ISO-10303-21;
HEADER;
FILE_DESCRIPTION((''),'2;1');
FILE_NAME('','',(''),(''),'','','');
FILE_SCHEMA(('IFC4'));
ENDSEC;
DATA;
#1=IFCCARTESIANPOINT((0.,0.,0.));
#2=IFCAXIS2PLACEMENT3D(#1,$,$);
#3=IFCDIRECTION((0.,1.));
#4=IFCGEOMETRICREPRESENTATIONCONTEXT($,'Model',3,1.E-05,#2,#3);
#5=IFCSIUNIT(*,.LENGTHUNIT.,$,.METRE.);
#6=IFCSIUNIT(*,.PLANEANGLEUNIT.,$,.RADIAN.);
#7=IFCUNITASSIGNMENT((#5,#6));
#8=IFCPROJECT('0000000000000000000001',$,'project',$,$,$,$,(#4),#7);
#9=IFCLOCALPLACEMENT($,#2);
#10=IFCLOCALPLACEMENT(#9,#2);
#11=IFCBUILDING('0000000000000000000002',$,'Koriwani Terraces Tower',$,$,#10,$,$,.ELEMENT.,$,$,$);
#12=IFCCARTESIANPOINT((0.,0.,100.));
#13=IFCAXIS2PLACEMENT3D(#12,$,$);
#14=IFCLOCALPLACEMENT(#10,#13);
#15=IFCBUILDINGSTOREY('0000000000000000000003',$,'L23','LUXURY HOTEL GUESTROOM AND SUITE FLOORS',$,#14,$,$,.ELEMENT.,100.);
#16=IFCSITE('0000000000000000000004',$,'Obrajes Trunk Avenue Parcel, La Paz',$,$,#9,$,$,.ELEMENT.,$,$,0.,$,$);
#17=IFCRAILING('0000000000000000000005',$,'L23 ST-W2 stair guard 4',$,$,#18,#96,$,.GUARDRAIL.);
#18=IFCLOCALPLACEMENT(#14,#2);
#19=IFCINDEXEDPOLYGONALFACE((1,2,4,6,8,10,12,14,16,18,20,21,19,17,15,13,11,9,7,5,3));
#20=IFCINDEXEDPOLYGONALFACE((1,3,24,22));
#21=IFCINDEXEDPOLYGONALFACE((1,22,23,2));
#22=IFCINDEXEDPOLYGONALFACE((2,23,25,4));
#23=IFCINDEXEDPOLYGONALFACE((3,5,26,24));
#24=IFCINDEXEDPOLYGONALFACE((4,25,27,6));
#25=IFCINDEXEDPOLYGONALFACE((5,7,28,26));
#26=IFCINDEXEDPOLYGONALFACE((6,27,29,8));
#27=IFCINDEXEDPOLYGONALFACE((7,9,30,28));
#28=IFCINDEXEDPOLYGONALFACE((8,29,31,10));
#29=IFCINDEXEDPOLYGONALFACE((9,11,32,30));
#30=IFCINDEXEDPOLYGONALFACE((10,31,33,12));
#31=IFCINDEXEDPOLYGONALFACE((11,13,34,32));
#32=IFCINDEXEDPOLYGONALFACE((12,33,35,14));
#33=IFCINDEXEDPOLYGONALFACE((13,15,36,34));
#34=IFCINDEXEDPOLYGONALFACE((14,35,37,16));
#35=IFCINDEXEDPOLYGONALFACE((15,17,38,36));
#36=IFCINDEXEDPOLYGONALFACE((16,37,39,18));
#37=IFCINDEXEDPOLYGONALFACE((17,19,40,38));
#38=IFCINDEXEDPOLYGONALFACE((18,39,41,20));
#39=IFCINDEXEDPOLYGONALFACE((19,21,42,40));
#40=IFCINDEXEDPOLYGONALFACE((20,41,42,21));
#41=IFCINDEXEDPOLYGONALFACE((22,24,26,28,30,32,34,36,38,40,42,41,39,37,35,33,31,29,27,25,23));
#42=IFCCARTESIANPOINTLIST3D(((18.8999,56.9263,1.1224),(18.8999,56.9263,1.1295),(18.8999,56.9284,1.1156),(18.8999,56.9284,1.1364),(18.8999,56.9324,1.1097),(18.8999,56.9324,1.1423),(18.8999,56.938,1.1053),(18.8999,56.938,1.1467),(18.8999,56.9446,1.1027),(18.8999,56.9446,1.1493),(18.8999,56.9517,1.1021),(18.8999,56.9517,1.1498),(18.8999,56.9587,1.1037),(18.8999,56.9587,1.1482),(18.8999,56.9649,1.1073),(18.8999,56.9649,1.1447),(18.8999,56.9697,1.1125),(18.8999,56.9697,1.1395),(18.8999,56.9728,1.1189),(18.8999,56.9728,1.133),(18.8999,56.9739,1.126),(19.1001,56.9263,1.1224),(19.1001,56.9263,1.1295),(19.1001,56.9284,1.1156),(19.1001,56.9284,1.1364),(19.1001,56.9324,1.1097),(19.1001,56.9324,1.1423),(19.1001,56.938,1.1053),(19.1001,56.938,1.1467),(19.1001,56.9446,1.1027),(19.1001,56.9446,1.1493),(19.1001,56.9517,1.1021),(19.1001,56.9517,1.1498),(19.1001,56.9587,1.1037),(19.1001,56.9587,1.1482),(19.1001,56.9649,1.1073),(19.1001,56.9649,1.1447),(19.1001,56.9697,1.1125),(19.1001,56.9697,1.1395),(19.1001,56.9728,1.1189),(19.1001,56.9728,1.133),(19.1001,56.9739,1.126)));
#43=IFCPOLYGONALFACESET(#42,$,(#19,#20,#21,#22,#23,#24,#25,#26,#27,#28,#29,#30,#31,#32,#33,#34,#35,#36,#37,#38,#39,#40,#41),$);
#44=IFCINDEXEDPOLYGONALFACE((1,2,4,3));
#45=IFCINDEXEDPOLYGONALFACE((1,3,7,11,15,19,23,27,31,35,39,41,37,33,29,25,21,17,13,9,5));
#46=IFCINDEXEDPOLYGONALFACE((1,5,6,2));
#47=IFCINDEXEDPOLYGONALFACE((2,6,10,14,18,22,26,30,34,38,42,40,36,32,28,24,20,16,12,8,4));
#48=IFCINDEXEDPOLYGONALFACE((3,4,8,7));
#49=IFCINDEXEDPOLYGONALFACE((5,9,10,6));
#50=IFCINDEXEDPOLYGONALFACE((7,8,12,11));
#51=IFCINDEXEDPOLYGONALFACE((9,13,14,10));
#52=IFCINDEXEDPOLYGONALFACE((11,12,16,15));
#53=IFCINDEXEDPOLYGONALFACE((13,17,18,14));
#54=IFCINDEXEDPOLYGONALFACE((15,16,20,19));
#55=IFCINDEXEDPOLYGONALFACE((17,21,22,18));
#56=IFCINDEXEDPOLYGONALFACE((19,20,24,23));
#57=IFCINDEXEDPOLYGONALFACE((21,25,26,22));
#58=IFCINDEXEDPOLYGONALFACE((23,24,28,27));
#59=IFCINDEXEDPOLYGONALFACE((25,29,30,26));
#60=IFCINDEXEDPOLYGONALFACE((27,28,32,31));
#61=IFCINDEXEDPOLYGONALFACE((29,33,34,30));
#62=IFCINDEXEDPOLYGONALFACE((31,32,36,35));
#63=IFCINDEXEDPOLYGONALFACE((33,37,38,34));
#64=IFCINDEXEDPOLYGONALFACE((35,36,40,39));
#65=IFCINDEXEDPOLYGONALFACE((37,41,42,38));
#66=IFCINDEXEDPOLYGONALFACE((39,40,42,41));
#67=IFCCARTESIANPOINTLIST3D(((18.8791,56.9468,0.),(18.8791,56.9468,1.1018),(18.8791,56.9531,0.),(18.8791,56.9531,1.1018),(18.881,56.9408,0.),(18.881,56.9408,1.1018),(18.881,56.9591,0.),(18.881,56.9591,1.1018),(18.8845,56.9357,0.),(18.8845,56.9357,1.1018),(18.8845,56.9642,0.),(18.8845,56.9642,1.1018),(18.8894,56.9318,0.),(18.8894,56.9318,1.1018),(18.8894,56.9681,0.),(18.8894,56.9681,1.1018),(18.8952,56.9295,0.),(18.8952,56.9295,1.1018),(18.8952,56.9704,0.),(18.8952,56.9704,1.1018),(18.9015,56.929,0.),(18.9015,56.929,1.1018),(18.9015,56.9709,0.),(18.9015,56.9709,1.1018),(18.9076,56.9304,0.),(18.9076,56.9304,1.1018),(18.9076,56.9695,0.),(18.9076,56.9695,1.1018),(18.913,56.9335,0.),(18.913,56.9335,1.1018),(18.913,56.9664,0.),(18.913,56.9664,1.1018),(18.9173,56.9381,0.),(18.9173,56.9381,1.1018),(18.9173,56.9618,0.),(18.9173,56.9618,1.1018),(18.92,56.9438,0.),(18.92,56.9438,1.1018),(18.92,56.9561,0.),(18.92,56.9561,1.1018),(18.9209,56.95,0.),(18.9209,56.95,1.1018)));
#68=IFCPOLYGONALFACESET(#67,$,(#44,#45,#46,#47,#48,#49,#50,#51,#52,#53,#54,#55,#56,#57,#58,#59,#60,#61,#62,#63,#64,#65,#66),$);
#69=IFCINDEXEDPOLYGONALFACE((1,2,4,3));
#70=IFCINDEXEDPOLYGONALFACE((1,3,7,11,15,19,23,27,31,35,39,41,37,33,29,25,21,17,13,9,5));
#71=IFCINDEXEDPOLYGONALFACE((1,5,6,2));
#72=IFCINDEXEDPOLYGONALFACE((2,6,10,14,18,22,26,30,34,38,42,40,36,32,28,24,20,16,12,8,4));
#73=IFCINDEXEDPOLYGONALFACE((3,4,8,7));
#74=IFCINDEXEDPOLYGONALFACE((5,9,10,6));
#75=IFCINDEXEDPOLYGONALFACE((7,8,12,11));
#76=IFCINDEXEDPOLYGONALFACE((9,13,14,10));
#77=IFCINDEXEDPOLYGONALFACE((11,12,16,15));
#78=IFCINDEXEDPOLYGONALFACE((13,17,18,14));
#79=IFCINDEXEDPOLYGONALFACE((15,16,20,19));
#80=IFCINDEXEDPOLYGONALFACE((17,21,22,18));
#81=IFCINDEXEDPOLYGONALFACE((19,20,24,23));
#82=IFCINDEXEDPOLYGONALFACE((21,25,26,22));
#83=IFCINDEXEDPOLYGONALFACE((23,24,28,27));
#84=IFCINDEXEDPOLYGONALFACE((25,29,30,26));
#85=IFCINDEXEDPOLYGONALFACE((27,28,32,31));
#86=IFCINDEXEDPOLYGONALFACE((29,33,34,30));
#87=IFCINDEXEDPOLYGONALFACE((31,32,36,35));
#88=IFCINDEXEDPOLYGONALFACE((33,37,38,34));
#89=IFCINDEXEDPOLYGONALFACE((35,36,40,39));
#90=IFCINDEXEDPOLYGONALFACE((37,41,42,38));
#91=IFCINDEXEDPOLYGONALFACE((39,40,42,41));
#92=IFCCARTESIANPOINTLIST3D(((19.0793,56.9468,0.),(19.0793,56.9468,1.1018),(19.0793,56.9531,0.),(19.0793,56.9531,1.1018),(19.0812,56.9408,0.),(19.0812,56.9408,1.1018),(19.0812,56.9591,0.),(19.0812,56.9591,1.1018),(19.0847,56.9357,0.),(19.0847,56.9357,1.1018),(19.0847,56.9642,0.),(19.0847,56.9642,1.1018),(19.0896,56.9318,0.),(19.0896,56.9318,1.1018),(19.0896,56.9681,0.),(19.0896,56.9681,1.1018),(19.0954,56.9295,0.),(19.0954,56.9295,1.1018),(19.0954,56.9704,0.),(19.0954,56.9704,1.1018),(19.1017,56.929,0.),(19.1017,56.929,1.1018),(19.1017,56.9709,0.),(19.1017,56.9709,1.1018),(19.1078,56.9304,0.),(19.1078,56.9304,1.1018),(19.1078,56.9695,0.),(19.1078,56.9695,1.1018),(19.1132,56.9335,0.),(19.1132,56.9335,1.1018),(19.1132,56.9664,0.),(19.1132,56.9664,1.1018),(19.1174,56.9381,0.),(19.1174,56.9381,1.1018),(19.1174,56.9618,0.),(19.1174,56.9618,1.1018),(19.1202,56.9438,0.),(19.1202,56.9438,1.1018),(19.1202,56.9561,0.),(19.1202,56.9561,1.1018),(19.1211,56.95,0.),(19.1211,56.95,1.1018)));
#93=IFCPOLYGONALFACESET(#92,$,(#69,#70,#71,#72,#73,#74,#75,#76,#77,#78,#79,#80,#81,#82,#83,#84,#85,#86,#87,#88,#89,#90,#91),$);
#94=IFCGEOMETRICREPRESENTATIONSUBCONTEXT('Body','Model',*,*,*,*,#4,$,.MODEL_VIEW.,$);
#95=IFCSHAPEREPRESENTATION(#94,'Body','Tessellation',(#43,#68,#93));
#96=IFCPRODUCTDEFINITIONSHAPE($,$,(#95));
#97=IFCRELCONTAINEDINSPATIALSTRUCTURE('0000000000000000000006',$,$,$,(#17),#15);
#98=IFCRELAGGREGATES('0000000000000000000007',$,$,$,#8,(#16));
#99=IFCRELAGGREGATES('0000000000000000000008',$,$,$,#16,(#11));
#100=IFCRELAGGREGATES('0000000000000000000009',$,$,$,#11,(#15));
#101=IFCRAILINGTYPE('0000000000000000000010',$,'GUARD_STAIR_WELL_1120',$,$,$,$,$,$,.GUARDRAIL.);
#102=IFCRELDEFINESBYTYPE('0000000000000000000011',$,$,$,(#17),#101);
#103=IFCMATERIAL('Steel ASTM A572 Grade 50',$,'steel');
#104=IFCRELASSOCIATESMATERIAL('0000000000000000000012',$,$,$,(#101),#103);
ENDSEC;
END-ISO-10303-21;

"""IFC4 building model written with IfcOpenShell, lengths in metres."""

from ifc_helpers import new_model, si_unit, direction, frame, origin, origin_2d, place, context, subcontext, project, spatial, circle, extrude, material, type_object, element, save


model = new_model("IFC4")

# Units and contexts
model_context = context("Model", 3, precision=1e-05, world=origin(), true_north=direction((0.0, 1.0)))
body_context = subcontext(model_context, "Body", "Model", "MODEL_VIEW")
ifc_project = project(units=[si_unit("LENGTHUNIT", "METRE"), si_unit("PLANEANGLEUNIT", "RADIAN")], contexts=[model_context])

# Site, building, storey
site_placement = place(None, origin())
site = spatial("IfcSite", under=ifc_project, at=site_placement, Name="Obrajes Trunk Avenue Parcel, La Paz", CompositionType="ELEMENT", RefElevation=0.0)
building_placement = place(site_placement, origin())
building = spatial("IfcBuilding", under=site, at=building_placement, Name="Koriwani Terraces Tower", CompositionType="ELEMENT")
storey_placement = place(building_placement, frame((0.0, 0.0, 100.0)))
storey = spatial("IfcBuildingStorey", under=building, at=storey_placement, Name="L23", Description="LUXURY HOTEL GUESTROOM AND SUITE FLOORS", CompositionType="ELEMENT", Elevation=100.0)

# Shared definitions
ifc_material_1 = material(Name="Steel ASTM A572 Grade 50", Category="steel")

# Railing
railing_type = type_object("IfcRailingType", Name="GUARD_STAIR_WELL_1120", PredefinedType="GUARDRAIL", material=ifc_material_1)
railing_1_placement = place(storey_placement, frame((18.8999, 56.95, 0.0)))
element("IfcRailing", 1, at=railing_1_placement, inside=storey, type_object=railing_type, Name="L23 ST-W2 stair guard 4", PredefinedType="GUARDRAIL", context=body_context, shape_type="SweptSolid", body=[
    extrude(circle(Radius=0.0239, at=origin_2d()), frame((0.0, 0.0, 1.126), z_axis=(1.0, 0.0, 0.0), x_axis=(0.0, 1.0, 0.0)), (0.0, 0.0, 1.0), 0.2002),
    extrude(circle(Radius=0.021, at=origin_2d()), origin(), (0.0, 0.0, 1.0), 1.1018),
    extrude(circle(Radius=0.021, at=origin_2d()), frame((0.2002, 0.0, 0.0)), (0.0, 0.0, 1.0), 1.1018),
])

save(model, "model.ifc")
